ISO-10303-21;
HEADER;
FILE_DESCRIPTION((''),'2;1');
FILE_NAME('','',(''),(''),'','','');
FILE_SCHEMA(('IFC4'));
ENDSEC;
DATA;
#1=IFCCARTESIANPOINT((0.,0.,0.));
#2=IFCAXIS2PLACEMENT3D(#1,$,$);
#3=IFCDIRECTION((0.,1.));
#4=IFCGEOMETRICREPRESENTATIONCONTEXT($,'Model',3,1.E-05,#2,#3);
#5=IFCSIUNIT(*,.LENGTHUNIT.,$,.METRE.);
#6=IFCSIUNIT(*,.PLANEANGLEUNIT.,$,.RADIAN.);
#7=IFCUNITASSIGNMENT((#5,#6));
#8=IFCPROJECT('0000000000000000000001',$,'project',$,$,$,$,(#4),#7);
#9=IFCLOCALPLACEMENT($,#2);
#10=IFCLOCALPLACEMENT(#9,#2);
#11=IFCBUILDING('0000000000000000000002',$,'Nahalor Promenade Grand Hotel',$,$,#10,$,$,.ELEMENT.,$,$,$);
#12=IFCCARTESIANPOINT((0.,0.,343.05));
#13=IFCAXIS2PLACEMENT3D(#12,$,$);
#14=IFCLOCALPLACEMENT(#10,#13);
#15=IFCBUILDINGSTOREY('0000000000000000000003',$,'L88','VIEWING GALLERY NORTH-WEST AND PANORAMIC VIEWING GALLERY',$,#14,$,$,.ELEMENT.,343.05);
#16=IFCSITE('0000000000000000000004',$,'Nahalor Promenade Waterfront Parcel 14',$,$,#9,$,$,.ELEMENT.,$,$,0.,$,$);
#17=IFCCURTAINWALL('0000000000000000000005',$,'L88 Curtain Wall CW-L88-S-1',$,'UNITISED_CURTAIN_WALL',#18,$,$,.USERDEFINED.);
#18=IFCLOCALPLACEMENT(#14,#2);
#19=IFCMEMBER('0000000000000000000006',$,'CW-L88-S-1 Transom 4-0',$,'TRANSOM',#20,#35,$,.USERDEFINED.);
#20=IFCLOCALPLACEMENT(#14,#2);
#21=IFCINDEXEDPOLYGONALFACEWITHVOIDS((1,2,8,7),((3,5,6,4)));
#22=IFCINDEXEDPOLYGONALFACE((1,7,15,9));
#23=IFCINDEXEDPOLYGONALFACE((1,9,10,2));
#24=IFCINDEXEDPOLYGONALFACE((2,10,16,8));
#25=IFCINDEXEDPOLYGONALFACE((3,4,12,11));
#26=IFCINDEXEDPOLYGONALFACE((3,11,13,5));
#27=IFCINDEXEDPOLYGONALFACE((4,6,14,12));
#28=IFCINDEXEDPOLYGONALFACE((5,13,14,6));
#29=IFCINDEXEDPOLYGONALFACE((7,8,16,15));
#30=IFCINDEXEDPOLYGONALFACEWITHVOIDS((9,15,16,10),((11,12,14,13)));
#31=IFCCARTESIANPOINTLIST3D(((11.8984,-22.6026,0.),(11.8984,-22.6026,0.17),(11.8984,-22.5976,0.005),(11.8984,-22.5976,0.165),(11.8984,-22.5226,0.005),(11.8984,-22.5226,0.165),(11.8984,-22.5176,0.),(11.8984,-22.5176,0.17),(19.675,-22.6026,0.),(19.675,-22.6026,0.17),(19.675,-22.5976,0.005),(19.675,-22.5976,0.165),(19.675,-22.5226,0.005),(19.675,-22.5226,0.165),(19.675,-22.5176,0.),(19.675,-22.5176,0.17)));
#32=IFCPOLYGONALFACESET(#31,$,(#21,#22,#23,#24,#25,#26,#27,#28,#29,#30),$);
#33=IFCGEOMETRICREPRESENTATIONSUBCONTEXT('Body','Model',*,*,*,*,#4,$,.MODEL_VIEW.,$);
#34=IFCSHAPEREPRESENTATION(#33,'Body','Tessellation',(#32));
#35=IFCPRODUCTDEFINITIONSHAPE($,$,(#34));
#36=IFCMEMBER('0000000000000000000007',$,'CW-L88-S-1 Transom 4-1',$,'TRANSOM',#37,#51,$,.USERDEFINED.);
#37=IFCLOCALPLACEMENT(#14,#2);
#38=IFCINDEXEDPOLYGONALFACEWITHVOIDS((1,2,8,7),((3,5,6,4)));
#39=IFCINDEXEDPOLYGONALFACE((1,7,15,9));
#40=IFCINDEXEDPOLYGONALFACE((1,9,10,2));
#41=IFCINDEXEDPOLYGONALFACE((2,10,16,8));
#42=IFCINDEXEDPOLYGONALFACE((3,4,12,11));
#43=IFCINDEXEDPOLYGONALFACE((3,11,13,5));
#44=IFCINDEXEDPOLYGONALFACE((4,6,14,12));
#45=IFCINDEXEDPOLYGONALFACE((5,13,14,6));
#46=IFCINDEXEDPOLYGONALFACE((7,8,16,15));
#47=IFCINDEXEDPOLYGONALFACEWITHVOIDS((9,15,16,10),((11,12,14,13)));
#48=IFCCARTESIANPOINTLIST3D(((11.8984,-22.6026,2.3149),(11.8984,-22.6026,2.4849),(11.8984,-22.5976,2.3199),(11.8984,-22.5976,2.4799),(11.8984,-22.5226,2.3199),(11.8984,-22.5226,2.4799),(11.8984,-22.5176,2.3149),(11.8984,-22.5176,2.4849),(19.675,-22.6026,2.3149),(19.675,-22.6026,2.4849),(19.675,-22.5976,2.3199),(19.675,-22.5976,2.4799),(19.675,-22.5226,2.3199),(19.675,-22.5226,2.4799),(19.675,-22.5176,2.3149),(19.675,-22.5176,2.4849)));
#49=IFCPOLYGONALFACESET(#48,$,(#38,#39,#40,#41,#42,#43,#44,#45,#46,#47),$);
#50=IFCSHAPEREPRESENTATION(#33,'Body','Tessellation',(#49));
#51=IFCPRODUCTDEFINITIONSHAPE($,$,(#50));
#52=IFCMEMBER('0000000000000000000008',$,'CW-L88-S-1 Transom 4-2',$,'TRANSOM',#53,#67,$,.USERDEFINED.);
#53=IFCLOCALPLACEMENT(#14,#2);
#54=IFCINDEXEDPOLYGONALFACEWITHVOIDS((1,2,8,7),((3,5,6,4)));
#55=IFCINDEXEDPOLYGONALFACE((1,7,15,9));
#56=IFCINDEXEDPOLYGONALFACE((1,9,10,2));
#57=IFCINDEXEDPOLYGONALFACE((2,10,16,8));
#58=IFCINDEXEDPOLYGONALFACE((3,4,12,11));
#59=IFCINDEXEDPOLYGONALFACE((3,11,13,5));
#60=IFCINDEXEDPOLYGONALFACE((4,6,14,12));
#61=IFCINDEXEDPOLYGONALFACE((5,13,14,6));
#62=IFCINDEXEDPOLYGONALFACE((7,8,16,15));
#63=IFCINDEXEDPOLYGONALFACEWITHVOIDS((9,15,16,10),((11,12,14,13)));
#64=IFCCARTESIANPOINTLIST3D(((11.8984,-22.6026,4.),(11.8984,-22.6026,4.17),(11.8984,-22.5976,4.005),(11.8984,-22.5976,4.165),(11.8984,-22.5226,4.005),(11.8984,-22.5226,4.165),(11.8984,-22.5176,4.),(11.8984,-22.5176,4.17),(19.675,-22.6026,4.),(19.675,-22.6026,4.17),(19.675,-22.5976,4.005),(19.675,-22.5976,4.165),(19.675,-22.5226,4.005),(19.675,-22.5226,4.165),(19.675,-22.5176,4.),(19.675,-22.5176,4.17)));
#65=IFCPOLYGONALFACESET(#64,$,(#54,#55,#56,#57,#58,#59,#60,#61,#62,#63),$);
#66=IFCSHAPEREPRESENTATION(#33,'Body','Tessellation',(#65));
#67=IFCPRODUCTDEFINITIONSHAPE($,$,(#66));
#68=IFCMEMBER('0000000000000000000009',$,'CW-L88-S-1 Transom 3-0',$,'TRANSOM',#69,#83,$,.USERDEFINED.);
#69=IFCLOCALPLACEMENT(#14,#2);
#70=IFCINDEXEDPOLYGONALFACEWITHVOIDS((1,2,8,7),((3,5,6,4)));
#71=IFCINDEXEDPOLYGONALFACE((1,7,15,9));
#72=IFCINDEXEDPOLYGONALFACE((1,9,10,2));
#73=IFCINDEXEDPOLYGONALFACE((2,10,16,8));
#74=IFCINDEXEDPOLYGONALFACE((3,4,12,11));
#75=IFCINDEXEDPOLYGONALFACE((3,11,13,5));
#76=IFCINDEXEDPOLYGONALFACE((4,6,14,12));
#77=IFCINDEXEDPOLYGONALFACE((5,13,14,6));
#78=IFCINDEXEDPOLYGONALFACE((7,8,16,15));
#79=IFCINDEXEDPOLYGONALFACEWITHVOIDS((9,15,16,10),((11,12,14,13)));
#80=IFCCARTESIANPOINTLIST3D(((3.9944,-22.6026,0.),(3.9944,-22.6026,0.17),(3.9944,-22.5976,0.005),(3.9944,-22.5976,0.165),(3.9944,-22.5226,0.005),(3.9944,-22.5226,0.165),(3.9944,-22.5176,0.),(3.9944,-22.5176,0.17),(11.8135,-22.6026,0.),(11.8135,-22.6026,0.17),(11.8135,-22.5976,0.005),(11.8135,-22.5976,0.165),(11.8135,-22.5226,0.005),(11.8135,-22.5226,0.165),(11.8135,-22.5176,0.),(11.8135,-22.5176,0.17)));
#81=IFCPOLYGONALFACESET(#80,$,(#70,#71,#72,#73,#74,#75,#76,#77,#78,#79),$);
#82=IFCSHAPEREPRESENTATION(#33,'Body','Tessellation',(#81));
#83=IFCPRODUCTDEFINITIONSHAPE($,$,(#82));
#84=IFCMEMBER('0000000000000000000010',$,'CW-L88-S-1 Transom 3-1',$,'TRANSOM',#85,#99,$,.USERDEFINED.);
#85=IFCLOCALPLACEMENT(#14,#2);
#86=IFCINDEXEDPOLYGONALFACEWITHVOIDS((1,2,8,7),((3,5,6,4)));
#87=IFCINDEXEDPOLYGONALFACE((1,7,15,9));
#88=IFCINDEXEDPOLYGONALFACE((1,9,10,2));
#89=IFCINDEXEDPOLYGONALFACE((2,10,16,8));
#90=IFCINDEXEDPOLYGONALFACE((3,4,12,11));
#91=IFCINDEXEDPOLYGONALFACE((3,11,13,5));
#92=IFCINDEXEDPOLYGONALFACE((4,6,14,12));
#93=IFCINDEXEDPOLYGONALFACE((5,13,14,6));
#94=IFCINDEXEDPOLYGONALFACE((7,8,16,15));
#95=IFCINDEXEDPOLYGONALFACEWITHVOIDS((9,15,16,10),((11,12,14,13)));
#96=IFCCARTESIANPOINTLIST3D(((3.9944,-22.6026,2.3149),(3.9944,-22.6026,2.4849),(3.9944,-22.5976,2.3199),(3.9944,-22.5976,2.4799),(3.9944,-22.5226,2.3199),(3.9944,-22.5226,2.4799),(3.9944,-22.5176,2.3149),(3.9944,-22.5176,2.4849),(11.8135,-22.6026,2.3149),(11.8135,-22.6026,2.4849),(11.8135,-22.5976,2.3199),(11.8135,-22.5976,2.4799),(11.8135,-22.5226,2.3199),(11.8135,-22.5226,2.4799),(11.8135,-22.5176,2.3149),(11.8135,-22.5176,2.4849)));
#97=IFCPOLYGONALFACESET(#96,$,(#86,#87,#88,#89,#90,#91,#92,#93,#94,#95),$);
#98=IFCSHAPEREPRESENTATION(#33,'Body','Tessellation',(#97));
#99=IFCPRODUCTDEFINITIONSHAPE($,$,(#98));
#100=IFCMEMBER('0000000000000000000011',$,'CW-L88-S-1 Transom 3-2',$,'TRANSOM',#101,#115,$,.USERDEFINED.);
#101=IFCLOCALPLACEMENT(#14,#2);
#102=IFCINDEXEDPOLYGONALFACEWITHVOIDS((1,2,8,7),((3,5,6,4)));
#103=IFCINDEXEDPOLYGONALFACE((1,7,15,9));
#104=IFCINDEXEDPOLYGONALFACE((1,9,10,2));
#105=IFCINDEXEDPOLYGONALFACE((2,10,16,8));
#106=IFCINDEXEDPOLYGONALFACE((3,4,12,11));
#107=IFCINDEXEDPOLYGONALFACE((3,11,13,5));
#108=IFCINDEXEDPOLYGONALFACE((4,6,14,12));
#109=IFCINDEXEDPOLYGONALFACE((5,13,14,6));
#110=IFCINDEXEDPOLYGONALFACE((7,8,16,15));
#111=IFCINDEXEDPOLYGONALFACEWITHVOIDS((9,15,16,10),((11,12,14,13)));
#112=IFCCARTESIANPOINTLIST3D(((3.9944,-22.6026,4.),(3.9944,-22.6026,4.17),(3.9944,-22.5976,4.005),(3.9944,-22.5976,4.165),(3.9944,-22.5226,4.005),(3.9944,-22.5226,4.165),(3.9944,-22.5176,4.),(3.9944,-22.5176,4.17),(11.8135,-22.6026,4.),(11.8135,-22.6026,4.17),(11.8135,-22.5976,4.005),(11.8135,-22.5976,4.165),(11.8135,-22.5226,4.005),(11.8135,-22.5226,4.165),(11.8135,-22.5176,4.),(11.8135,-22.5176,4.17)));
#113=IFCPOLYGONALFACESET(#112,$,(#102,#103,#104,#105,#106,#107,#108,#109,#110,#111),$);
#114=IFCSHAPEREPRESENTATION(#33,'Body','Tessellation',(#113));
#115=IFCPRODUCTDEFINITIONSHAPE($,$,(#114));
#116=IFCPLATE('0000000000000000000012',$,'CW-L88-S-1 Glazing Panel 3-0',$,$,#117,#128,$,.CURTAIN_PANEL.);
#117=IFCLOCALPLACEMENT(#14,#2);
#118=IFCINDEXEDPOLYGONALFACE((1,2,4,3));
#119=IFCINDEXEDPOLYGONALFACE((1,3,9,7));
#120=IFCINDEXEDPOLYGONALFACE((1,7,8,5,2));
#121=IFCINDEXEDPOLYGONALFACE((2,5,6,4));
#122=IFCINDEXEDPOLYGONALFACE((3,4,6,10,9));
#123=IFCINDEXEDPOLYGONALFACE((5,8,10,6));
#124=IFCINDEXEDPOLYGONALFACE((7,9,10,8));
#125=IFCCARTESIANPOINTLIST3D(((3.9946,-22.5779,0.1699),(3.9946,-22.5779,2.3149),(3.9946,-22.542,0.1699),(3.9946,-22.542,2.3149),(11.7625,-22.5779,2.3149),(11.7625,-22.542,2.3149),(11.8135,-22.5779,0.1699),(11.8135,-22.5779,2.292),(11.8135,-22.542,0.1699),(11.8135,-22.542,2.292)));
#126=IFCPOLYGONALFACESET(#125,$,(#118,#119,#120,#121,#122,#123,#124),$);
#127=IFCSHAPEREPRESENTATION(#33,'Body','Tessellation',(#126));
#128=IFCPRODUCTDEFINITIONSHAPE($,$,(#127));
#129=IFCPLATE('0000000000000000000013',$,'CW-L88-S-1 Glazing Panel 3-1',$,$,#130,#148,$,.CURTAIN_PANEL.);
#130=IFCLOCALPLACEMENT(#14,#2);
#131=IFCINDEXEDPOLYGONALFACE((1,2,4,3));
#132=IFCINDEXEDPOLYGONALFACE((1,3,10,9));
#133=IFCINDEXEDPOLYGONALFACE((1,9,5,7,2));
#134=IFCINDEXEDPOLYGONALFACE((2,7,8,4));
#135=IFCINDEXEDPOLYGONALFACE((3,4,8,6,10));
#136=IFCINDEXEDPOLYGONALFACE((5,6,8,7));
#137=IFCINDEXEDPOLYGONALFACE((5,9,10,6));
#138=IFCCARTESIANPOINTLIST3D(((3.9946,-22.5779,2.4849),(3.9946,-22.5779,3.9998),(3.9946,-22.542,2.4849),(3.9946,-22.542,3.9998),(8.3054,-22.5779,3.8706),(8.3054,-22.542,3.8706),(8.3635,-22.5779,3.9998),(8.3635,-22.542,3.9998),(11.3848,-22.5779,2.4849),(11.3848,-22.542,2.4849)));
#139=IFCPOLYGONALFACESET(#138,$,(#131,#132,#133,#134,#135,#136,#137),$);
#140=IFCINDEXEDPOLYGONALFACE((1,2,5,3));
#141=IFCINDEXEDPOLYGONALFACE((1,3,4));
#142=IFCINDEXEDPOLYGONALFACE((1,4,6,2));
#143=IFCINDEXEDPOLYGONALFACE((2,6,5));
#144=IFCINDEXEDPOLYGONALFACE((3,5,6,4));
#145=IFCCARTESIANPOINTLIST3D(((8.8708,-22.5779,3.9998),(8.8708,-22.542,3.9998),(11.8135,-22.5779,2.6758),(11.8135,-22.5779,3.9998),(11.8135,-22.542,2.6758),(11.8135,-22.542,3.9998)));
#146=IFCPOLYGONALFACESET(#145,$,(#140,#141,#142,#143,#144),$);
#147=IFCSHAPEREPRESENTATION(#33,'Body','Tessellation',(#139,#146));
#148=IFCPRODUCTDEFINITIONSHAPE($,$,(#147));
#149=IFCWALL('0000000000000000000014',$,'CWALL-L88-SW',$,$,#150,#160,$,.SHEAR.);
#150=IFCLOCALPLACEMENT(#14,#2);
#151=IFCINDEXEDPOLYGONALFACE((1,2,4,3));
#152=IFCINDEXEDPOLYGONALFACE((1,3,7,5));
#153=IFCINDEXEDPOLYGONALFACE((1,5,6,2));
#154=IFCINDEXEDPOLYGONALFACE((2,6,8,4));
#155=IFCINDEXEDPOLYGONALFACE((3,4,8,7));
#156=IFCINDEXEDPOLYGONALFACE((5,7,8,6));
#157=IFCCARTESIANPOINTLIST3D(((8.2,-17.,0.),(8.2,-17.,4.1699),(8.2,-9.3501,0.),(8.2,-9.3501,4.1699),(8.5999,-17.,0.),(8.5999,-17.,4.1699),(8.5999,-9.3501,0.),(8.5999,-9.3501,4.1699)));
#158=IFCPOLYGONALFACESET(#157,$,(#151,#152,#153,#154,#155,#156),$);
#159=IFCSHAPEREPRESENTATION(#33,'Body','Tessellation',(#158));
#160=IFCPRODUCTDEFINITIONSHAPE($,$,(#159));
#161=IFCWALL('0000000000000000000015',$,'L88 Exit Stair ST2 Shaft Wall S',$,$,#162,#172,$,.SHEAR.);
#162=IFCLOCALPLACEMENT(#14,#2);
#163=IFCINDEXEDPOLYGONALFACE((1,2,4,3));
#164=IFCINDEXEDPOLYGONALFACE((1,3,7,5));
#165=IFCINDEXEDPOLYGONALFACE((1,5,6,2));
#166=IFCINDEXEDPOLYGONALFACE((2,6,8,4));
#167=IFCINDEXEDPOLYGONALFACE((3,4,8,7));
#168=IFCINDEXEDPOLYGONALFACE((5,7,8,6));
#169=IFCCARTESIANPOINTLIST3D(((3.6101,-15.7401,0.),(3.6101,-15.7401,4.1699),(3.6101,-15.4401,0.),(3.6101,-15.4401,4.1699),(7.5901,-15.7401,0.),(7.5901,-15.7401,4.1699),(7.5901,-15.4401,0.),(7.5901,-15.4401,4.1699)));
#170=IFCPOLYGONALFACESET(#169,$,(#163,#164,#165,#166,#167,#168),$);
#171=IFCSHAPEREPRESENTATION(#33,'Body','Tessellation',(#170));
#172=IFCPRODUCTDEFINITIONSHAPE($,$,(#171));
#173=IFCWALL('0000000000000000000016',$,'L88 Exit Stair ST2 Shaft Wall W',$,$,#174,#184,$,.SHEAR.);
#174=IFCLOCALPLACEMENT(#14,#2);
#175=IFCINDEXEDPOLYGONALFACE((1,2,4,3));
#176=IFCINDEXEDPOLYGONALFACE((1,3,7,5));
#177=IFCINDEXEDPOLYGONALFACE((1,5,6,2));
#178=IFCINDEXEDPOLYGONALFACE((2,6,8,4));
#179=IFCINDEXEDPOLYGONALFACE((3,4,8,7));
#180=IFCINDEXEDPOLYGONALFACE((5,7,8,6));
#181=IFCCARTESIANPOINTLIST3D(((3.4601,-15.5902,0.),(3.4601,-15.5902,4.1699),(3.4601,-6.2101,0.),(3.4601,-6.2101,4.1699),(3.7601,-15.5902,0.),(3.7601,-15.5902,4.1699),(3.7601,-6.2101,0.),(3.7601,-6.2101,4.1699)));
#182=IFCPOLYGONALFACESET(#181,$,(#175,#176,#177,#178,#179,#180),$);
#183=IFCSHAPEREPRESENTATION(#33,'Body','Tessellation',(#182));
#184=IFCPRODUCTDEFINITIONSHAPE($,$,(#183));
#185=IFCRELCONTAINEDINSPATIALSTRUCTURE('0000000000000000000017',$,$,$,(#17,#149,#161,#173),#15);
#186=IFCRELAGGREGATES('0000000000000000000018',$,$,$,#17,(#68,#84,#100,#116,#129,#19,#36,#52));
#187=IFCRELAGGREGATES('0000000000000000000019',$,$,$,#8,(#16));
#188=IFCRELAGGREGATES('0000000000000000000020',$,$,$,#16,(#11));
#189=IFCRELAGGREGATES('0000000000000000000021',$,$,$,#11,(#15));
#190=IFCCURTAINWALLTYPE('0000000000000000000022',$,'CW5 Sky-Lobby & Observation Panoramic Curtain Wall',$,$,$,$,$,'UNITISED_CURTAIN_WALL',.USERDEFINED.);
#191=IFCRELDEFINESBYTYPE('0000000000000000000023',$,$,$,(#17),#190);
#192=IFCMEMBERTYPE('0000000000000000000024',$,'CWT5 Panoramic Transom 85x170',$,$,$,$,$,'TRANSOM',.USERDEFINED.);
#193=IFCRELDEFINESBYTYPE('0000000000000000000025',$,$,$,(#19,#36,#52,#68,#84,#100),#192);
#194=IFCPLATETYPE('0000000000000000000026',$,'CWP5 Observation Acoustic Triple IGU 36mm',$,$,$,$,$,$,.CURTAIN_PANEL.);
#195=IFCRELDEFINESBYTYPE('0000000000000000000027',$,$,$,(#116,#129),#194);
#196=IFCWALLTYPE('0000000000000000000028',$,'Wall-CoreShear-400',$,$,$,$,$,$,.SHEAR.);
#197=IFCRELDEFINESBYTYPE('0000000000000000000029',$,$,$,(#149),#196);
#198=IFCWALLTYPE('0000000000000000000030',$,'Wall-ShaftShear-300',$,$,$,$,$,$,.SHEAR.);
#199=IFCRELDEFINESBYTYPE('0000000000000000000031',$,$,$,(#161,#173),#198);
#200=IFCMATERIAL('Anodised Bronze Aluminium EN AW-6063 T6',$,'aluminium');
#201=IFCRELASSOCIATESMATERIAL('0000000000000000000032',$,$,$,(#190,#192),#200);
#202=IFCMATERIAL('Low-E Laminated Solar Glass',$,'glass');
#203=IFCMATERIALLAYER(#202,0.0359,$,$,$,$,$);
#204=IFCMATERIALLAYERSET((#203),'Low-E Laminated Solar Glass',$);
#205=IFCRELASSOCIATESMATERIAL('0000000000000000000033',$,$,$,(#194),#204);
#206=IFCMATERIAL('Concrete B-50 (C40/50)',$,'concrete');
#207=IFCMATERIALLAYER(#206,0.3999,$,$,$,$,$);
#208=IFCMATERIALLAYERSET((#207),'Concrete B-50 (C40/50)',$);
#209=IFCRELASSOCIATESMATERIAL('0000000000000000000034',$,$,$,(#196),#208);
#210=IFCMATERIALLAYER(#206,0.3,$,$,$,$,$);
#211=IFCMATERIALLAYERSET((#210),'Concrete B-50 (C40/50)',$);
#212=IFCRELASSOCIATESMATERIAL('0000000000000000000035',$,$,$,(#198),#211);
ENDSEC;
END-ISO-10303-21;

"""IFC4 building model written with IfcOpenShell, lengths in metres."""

from ifc_helpers import new_model, si_unit, direction, frame, frame_2d, origin, origin_2d, place, context, subcontext, project, spatial, polyline, rectangle, hollow_rectangle, outline, extrude, source, transform, mapped, material, layer, layer_set, material_profile, profile_set, type_object, element, aggregate, save


model = new_model("IFC4")

# Units and contexts
model_context = context("Model", 3, precision=1e-05, world=origin(), true_north=direction((0.0, 1.0)))
body_context = subcontext(model_context, "Body", "Model", "MODEL_VIEW")
ifc_project = project(units=[si_unit("LENGTHUNIT", "METRE"), si_unit("PLANEANGLEUNIT", "RADIAN")], contexts=[model_context])

# Site, building, storey
site_placement = place(None, origin())
site = spatial("IfcSite", under=ifc_project, at=site_placement, Name="Nahalor Promenade Waterfront Parcel 14", CompositionType="ELEMENT", RefElevation=0.0)
building_placement = place(site_placement, origin())
building = spatial("IfcBuilding", under=site, at=building_placement, Name="Nahalor Promenade Grand Hotel", CompositionType="ELEMENT")
storey_placement = place(building_placement, frame((0.0, 0.0, 343.05)))
storey = spatial("IfcBuildingStorey", under=building, at=storey_placement, Name="L88", Description="VIEWING GALLERY NORTH-WEST AND PANORAMIC VIEWING GALLERY", CompositionType="ELEMENT", Elevation=343.05)

# Shared definitions
ifc_material_1 = material(Name="Concrete B-50 (C40/50)", Category="concrete")

# Curtain wall, members, plates
ifc_material_2 = material(Name="Anodised Bronze Aluminium EN AW-6063 T6", Category="aluminium")
curtain_wall_type = type_object("IfcCurtainWallType", Name="CW5 Sky-Lobby & Observation Panoramic Curtain Wall", ElementType="UNITISED_CURTAIN_WALL", PredefinedType="USERDEFINED", material=ifc_material_2)
curtain_wall_placement = place(storey_placement, origin())
curtain_wall = element("IfcCurtainWall", 1, at=curtain_wall_placement, inside=storey, type_object=curtain_wall_type, Name="L88 Curtain Wall CW-L88-S-1", ObjectType="UNITISED_CURTAIN_WALL", PredefinedType="USERDEFINED")
ifc_material_profile_1 = material_profile(ifc_material_2, hollow_rectangle(XDim=0.085, YDim=0.17, WallThickness=0.005, at=origin_2d()), Name="CWT 85x170x5")
ifc_profile_set_1 = profile_set([ifc_material_profile_1], Name="Anodised Bronze Aluminium EN AW-6063 T6")
member_type_1 = type_object("IfcMemberType", Name="CWT5 Panoramic Transom 85x170", ElementType="TRANSOM", PredefinedType="USERDEFINED", material=ifc_profile_set_1)
shared_shape_1 = source(origin(), body_context, "Body", "SweptSolid", [
    extrude(hollow_rectangle(XDim=0.085, YDim=0.17, WallThickness=0.005, at=origin_2d()), origin(), (0.0, 0.0, 1.0), 7.7766),
])
member_1_placement = place(storey_placement, frame((11.8984, -22.5601, 0.085), z_axis=(1.0, 0.0, 0.0), x_axis=(0.0, 1.0, 0.0)))
member_1 = element("IfcMember", 2, at=member_1_placement, type_object=member_type_1, Name="CW-L88-S-1 Transom 4-0", ObjectType="TRANSOM", PredefinedType="USERDEFINED", context=body_context, shape_type="MappedRepresentation", body=[
    mapped(shared_shape_1, transform((0.0, 0.0, 0.0), scale=1.0)),
])
member_2_placement = place(storey_placement, frame((11.8984, -22.5601, 2.3999), z_axis=(1.0, 0.0, 0.0), x_axis=(0.0, 1.0, 0.0)))
member_2 = element("IfcMember", 3, at=member_2_placement, type_object=member_type_1, Name="CW-L88-S-1 Transom 4-1", ObjectType="TRANSOM", PredefinedType="USERDEFINED", context=body_context, shape_type="MappedRepresentation", body=[
    mapped(shared_shape_1, transform((0.0, 0.0, 0.0), scale=1.0)),
])
member_3_placement = place(storey_placement, frame((11.8984, -22.5601, 4.085), z_axis=(1.0, 0.0, 0.0), x_axis=(0.0, 1.0, 0.0)))
member_3 = element("IfcMember", 4, at=member_3_placement, type_object=member_type_1, Name="CW-L88-S-1 Transom 4-2", ObjectType="TRANSOM", PredefinedType="USERDEFINED", context=body_context, shape_type="MappedRepresentation", body=[
    mapped(shared_shape_1, transform((0.0, 0.0, 0.0), scale=1.0)),
])
shared_shape_2 = source(origin(), body_context, "Body", "SweptSolid", [
    extrude(hollow_rectangle(XDim=0.085, YDim=0.17, WallThickness=0.005, at=origin_2d()), origin(), (0.0, 0.0, 1.0), 7.8191),
])
member_4_placement = place(storey_placement, frame((3.9944, -22.5601, 0.085), z_axis=(1.0, 0.0, 0.0), x_axis=(0.0, 1.0, 0.0)))
member_4 = element("IfcMember", 5, at=member_4_placement, type_object=member_type_1, Name="CW-L88-S-1 Transom 3-0", ObjectType="TRANSOM", PredefinedType="USERDEFINED", context=body_context, shape_type="MappedRepresentation", body=[
    mapped(shared_shape_2, transform((0.0, 0.0, 0.0), scale=1.0)),
])
member_5_placement = place(storey_placement, frame((3.9944, -22.5601, 2.3999), z_axis=(1.0, 0.0, 0.0), x_axis=(0.0, 1.0, 0.0)))
member_5 = element("IfcMember", 6, at=member_5_placement, type_object=member_type_1, Name="CW-L88-S-1 Transom 3-1", ObjectType="TRANSOM", PredefinedType="USERDEFINED", context=body_context, shape_type="MappedRepresentation", body=[
    mapped(shared_shape_2, transform((0.0, 0.0, 0.0), scale=1.0)),
])
member_6_placement = place(storey_placement, frame((3.9944, -22.5601, 4.085), z_axis=(1.0, 0.0, 0.0), x_axis=(0.0, 1.0, 0.0)))
member_6 = element("IfcMember", 7, at=member_6_placement, type_object=member_type_1, Name="CW-L88-S-1 Transom 3-2", ObjectType="TRANSOM", PredefinedType="USERDEFINED", context=body_context, shape_type="MappedRepresentation", body=[
    mapped(shared_shape_2, transform((0.0, 0.0, 0.0), scale=1.0)),
])
ifc_material_3 = material(Name="Low-E Laminated Solar Glass", Category="glass")
ifc_layer_1 = layer(ifc_material_3, 0.0359)
ifc_layer_set_1 = layer_set([ifc_layer_1], Name="Low-E Laminated Solar Glass")
plate_type = type_object("IfcPlateType", Name="CWP5 Observation Acoustic Triple IGU 36mm", PredefinedType="CURTAIN_PANEL", material=ifc_layer_set_1)
plate_1_placement = place(storey_placement, frame((7.9041, -22.5601, 0.1699), z_axis=(0.0, 0.0, 1.0), x_axis=(1.0, 0.0, 0.0)))
plate_1 = element("IfcPlate", 8, at=plate_1_placement, type_object=plate_type, Name="CW-L88-S-1 Glazing Panel 3-0", PredefinedType="CURTAIN_PANEL", context=body_context, shape_type="SweptSolid", body=[
    extrude(outline(polyline([(-3.9094, 0.0), (3.9094, 0.0), (3.9094, 2.1221), (3.8584, 2.145), (-3.9094, 2.145), (-3.9094, 0.0)])), frame((0.0, 0.0181, 0.0), z_axis=(0.0, -1.0, 0.0), x_axis=(1.0, 0.0, 0.0)), (0.0, 0.0, 1.0), 0.0359),
])
plate_2_placement = place(storey_placement, frame((7.9041, -22.5601, 2.4849), z_axis=(0.0, 0.0, 1.0), x_axis=(1.0, 0.0, 0.0)))
plate_2 = element("IfcPlate", 9, at=plate_2_placement, type_object=plate_type, Name="CW-L88-S-1 Glazing Panel 3-1", PredefinedType="CURTAIN_PANEL", context=body_context, shape_type="SweptSolid", body=[
    extrude(outline(polyline([(-3.9094, 1.5149), (-3.9094, 0.0), (3.4807, 0.0), (0.4014, 1.3857), (0.4595, 1.5149), (-3.9094, 1.5149)])), frame((0.0, 0.0181, 0.0), z_axis=(0.0, -1.0, 0.0), x_axis=(1.0, 0.0, 0.0)), (0.0, 0.0, 1.0), 0.0359),
    extrude(outline(polyline([(3.9094, 0.1909), (3.9094, 1.5149), (0.9668, 1.5149), (3.9094, 0.1909)])), frame((0.0, 0.0181, 0.0), z_axis=(0.0, -1.0, 0.0), x_axis=(1.0, 0.0, 0.0)), (0.0, 0.0, 1.0), 0.0359),
])
aggregate(curtain_wall, [member_4, member_5, member_6, plate_1, plate_2, member_1, member_2, member_3])

# Walls
ifc_layer_2 = layer(ifc_material_1, 0.3999)
ifc_layer_set_2 = layer_set([ifc_layer_2], Name="Concrete B-50 (C40/50)")
wall_type_1 = type_object("IfcWallType", Name="Wall-CoreShear-400", PredefinedType="SHEAR", material=ifc_layer_set_2)
shared_shape_3 = source(origin(), body_context, "Body", "SweptSolid", [
    extrude(rectangle(XDim=7.6499, YDim=0.3999, at=frame_2d((3.825, 0.0))), origin(), (0.0, 0.0, 1.0), 4.1699),
])
wall_1_placement = place(storey_placement, frame((8.3999, -17.0, 0.0), z_axis=(0.0, 0.0, 1.0), x_axis=(0.0, 1.0, 0.0)))
element("IfcWall", 10, at=wall_1_placement, inside=storey, type_object=wall_type_1, Name="CWALL-L88-SW", PredefinedType="SHEAR", context=body_context, shape_type="MappedRepresentation", body=[
    mapped(shared_shape_3, transform((0.0, 0.0, 0.0), scale=1.0)),
])
ifc_layer_3 = layer(ifc_material_1, 0.3)
ifc_layer_set_3 = layer_set([ifc_layer_3], Name="Concrete B-50 (C40/50)")
wall_type_2 = type_object("IfcWallType", Name="Wall-ShaftShear-300", PredefinedType="SHEAR", material=ifc_layer_set_3)
shared_shape_4 = source(origin(), body_context, "Body", "SweptSolid", [
    extrude(rectangle(XDim=3.98, YDim=0.3, at=frame_2d((1.99, 0.0))), origin(), (0.0, 0.0, 1.0), 4.1699),
])
wall_2_placement = place(storey_placement, frame((3.6101, -15.5901, 0.0), z_axis=(0.0, 0.0, 1.0), x_axis=(1.0, 0.0, 0.0)))
element("IfcWall", 11, at=wall_2_placement, inside=storey, type_object=wall_type_2, Name="L88 Exit Stair ST2 Shaft Wall S", PredefinedType="SHEAR", context=body_context, shape_type="MappedRepresentation", body=[
    mapped(shared_shape_4, transform((0.0, 0.0, 0.0), scale=1.0)),
])
shared_shape_5 = source(origin(), body_context, "Body", "SweptSolid", [
    extrude(rectangle(XDim=9.3801, YDim=0.3, at=frame_2d((4.6899, 0.0))), origin(), (0.0, 0.0, 1.0), 4.1699),
])
wall_3_placement = place(storey_placement, frame((3.6101, -15.5901, 0.0), z_axis=(0.0, 0.0, 1.0), x_axis=(0.0, 1.0, 0.0)))
element("IfcWall", 12, at=wall_3_placement, inside=storey, type_object=wall_type_2, Name="L88 Exit Stair ST2 Shaft Wall W", PredefinedType="SHEAR", context=body_context, shape_type="MappedRepresentation", body=[
    mapped(shared_shape_5, transform((0.0, 0.0, 0.0), scale=1.0)),
])

save(model, "model.ifc")
